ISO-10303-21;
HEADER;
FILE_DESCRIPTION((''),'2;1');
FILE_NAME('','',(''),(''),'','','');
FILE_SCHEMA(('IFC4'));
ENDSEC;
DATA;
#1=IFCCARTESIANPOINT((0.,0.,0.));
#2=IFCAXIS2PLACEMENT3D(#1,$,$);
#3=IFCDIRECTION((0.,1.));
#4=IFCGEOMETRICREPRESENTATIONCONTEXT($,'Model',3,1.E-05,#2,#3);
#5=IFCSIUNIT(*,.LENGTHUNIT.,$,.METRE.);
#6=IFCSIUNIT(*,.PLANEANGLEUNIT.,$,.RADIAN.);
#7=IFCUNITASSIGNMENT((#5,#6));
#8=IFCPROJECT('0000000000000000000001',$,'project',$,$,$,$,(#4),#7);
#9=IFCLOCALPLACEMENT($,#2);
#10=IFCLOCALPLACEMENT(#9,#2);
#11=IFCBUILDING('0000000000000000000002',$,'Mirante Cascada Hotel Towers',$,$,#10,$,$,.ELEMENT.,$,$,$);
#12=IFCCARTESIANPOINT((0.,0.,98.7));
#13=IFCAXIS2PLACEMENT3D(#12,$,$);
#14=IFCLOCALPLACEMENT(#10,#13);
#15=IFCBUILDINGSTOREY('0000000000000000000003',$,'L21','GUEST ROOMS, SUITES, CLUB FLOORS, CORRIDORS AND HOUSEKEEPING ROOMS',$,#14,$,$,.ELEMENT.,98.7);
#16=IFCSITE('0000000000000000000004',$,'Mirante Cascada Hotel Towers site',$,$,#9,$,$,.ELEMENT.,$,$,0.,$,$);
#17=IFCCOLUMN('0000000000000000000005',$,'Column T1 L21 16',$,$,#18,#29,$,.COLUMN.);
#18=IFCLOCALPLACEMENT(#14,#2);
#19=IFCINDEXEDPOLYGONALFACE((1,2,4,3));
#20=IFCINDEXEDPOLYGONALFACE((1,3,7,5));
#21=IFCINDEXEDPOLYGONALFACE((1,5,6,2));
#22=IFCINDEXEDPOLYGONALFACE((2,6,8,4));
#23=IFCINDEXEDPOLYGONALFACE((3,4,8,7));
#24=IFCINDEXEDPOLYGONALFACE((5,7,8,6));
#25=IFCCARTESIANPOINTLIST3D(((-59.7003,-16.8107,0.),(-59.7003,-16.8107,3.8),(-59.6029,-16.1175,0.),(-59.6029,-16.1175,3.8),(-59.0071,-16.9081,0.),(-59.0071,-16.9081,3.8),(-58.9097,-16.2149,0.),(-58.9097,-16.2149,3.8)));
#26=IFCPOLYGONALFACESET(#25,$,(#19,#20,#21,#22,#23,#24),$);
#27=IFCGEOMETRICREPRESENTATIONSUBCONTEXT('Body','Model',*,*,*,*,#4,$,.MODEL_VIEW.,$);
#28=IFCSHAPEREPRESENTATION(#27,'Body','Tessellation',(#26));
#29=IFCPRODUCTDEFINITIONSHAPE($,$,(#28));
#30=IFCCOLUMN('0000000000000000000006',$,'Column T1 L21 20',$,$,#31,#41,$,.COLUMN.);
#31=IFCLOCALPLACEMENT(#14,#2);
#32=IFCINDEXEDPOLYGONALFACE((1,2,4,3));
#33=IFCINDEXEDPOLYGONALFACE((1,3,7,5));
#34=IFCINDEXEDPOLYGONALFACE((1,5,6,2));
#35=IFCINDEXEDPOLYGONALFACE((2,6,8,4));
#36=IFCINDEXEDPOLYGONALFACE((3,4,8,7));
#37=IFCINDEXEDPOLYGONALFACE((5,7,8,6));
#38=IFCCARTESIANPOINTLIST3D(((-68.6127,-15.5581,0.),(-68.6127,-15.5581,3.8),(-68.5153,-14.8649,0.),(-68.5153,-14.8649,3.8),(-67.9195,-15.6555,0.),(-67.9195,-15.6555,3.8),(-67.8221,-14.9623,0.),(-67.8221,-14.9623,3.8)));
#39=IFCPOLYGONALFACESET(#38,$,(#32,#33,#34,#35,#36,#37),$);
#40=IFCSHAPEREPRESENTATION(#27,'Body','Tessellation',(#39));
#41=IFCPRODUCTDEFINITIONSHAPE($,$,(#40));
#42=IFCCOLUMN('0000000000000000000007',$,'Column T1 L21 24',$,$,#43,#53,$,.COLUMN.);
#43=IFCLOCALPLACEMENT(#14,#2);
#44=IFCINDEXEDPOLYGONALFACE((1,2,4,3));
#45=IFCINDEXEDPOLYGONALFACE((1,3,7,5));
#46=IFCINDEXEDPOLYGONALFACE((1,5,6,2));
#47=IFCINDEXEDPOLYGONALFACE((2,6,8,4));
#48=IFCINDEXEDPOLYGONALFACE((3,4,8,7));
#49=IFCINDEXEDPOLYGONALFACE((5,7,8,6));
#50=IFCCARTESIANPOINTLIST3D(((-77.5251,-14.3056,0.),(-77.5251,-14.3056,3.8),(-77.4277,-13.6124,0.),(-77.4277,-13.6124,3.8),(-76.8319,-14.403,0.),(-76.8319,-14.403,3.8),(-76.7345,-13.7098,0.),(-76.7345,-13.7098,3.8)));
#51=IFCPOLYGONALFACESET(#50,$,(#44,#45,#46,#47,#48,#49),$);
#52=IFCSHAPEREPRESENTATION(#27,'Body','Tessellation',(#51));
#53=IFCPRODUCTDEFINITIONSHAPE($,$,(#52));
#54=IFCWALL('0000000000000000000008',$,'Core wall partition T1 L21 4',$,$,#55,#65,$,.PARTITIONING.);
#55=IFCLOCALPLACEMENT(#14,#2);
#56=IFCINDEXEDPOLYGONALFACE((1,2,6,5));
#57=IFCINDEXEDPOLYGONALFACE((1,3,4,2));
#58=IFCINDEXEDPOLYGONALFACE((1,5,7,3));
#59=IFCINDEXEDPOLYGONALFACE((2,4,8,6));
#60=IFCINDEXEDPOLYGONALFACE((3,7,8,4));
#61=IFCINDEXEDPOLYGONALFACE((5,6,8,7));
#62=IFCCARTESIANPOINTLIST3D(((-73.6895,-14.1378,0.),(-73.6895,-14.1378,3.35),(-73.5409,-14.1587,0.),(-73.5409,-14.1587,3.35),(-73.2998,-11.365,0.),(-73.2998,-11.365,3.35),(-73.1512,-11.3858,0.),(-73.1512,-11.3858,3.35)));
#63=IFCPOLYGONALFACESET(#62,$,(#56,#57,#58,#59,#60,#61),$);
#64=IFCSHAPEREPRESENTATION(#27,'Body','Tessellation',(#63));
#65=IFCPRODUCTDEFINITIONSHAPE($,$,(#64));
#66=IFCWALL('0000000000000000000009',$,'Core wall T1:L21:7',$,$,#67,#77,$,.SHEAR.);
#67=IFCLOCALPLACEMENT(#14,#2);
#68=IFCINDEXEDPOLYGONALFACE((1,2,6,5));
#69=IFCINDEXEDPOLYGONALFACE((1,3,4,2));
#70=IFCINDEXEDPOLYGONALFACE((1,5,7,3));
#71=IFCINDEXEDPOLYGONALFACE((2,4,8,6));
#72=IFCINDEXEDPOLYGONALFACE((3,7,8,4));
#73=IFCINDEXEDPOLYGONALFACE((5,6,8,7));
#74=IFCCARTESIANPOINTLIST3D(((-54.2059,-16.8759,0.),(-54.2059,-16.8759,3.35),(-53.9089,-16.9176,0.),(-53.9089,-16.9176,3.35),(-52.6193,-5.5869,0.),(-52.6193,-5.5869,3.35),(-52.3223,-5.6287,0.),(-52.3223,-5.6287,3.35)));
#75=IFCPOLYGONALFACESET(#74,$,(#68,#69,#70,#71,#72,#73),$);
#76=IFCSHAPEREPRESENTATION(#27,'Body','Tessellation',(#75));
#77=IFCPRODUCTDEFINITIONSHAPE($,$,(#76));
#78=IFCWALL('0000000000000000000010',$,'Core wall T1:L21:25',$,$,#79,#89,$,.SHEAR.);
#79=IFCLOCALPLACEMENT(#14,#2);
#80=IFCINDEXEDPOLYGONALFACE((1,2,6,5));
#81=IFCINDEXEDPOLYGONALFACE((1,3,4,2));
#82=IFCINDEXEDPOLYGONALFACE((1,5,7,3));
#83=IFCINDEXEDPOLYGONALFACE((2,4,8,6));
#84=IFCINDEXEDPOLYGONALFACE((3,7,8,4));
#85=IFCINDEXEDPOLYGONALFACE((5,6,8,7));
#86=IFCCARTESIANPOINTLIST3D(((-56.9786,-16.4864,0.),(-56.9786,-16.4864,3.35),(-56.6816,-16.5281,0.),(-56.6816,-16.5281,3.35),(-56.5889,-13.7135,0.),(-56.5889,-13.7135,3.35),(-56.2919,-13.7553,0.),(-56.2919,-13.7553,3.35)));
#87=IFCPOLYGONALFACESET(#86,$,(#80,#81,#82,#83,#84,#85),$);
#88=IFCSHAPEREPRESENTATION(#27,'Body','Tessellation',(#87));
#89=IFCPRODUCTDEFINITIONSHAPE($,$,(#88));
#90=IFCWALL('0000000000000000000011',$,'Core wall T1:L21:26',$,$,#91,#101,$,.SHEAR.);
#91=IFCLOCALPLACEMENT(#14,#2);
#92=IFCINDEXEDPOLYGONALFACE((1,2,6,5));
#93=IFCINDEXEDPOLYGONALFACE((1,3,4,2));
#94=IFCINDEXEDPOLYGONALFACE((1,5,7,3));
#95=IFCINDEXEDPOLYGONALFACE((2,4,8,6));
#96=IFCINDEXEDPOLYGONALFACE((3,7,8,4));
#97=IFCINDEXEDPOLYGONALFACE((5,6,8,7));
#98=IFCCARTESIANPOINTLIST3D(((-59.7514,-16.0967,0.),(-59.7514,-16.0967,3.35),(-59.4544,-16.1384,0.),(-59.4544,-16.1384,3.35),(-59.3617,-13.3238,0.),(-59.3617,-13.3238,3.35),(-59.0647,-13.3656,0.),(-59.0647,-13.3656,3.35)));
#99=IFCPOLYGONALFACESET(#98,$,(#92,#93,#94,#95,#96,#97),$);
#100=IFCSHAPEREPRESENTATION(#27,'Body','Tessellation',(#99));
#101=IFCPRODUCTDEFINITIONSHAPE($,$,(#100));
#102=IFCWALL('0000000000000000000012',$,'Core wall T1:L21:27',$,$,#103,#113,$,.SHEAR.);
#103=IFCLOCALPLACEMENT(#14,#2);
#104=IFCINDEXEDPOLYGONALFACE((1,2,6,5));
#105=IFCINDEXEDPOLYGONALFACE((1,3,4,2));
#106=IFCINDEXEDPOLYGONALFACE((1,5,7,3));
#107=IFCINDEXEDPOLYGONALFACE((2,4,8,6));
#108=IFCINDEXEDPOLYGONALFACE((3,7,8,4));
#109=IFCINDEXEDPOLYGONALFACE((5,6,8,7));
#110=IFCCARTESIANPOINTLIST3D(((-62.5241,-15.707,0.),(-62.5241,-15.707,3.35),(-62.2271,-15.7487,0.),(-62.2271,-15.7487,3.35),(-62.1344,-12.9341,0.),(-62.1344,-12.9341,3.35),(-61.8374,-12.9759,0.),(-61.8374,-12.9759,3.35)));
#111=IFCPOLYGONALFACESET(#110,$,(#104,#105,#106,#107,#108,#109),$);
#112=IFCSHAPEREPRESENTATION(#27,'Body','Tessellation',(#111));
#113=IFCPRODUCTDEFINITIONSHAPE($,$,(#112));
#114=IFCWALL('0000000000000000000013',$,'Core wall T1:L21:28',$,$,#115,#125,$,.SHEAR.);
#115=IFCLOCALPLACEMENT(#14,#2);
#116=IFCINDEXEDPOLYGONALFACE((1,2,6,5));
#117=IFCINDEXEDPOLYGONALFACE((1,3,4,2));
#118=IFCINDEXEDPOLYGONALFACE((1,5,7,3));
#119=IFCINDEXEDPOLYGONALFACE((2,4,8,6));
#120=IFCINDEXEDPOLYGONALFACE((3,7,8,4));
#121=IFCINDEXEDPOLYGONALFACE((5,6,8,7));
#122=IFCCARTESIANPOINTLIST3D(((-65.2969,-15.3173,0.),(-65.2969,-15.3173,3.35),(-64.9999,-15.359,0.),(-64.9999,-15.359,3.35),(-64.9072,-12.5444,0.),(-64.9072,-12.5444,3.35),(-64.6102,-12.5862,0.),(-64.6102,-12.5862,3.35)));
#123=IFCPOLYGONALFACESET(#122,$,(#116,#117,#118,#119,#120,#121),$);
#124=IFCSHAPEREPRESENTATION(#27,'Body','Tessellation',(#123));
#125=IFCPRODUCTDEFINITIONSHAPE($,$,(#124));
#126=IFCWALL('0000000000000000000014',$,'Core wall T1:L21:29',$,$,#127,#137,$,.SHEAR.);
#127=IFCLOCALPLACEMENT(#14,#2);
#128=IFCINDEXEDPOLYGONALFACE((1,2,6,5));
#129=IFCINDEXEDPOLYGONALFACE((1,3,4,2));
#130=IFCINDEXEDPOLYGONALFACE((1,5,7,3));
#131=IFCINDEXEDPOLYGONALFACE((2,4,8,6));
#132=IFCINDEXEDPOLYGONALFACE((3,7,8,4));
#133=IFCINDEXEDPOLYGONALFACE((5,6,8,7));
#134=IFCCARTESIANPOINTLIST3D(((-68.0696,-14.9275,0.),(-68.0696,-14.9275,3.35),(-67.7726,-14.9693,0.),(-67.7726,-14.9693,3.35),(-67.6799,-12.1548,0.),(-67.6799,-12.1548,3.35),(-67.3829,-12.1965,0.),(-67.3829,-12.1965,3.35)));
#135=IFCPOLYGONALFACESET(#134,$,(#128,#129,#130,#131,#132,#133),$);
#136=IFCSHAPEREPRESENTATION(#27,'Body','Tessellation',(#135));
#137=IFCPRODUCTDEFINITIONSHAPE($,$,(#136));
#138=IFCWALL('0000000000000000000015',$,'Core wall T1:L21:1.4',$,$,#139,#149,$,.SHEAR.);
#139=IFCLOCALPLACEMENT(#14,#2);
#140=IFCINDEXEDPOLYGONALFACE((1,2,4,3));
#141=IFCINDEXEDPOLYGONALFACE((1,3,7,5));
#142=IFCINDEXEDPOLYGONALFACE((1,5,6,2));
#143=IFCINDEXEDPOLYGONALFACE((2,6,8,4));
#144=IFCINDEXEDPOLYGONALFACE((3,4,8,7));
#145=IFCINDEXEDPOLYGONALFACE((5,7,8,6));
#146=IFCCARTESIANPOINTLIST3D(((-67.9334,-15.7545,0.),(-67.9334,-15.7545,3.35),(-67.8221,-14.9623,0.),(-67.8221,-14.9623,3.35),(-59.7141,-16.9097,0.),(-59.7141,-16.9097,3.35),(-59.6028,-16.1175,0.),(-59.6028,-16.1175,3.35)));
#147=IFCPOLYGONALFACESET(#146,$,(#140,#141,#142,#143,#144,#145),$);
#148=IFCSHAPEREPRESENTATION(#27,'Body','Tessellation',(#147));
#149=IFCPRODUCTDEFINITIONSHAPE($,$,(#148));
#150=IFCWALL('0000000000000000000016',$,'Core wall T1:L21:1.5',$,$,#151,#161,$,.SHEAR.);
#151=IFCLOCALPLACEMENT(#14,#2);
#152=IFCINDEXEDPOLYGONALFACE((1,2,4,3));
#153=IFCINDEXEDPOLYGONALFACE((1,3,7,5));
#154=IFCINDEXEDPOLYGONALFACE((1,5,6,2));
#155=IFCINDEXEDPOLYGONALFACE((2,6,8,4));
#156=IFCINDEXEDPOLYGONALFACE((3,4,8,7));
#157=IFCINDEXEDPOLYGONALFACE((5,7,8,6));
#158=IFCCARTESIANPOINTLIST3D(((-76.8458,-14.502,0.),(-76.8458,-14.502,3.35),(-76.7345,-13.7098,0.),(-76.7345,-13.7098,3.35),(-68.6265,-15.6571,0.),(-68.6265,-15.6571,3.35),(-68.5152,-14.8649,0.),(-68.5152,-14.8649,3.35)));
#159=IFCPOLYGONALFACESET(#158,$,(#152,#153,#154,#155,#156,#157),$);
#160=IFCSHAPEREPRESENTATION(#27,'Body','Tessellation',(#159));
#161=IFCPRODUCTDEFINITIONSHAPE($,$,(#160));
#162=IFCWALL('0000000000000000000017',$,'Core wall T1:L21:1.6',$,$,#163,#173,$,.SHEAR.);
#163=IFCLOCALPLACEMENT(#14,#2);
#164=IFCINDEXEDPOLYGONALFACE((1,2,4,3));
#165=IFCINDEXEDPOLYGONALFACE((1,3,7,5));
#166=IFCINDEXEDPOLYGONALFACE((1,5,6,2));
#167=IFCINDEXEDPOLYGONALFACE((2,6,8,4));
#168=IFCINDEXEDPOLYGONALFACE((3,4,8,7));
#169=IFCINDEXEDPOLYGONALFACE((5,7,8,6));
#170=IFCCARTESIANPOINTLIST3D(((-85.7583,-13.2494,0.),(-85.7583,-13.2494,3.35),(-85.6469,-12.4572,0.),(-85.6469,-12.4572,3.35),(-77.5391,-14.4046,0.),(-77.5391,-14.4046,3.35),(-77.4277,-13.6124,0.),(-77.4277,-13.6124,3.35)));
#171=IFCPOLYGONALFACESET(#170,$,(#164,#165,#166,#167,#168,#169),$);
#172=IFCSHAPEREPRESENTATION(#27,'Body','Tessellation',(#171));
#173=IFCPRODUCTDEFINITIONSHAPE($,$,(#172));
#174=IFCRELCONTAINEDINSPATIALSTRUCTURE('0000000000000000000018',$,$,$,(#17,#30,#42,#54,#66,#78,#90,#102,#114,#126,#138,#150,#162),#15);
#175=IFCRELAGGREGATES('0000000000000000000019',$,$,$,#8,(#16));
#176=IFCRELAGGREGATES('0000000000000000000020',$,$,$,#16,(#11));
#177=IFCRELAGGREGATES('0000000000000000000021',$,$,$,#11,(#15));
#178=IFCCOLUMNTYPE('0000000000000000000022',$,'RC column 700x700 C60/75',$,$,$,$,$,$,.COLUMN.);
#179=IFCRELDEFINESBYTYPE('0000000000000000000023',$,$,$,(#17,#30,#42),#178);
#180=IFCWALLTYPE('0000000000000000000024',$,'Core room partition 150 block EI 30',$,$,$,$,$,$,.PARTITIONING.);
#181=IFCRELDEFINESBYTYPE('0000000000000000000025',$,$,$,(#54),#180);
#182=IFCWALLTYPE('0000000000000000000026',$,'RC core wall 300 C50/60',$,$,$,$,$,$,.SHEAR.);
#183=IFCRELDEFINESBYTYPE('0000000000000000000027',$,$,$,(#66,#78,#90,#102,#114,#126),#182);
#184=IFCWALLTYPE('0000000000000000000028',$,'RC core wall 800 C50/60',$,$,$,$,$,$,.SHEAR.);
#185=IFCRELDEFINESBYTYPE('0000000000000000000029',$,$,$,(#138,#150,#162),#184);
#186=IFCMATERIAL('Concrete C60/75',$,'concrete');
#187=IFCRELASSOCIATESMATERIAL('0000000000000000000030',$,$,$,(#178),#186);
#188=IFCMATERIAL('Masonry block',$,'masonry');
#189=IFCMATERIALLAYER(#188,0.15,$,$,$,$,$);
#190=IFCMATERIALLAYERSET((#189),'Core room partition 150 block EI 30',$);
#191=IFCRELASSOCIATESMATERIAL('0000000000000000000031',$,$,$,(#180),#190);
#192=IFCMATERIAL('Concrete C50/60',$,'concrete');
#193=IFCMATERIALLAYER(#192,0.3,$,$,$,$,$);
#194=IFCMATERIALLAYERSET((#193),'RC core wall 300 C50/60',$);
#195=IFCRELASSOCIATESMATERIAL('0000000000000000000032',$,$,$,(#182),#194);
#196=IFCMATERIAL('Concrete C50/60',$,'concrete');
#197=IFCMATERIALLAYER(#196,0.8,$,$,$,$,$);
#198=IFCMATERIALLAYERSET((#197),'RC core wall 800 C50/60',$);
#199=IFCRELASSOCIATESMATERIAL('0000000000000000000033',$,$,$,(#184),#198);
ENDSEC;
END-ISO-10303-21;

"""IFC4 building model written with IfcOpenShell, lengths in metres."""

from ifc_helpers import new_model, si_unit, direction, frame, frame_2d, origin, origin_2d, place, context, subcontext, project, spatial, rectangle, extrude, material, layer, layer_set, material_profile, profile_set, type_object, element, save


model = new_model("IFC4")

# Units and contexts
model_context = context("Model", 3, precision=1e-05, world=origin(), true_north=direction((0.0, 1.0)))
body_context = subcontext(model_context, "Body", "Model", "MODEL_VIEW")
ifc_project = project(units=[si_unit("LENGTHUNIT", "METRE"), si_unit("PLANEANGLEUNIT", "RADIAN")], contexts=[model_context])

# Site, building, storey
site_placement = place(None, origin())
site = spatial("IfcSite", under=ifc_project, at=site_placement, Name="Mirante Cascada Hotel Towers site", CompositionType="ELEMENT", RefElevation=0.0)
building_placement = place(site_placement, origin())
building = spatial("IfcBuilding", under=site, at=building_placement, Name="Mirante Cascada Hotel Towers", CompositionType="ELEMENT")
storey_placement = place(building_placement, frame((0.0, 0.0, 98.7)))
storey = spatial("IfcBuildingStorey", under=building, at=storey_placement, Name="L21", Description="GUEST ROOMS, SUITES, CLUB FLOORS, CORRIDORS AND HOUSEKEEPING ROOMS", CompositionType="ELEMENT", Elevation=98.7)

# Columns
ifc_material_1 = material(Name="Concrete C60/75", Category="concrete")
ifc_material_profile = material_profile(ifc_material_1, rectangle(XDim=0.7, YDim=0.7, at=origin_2d()), Name="RC column 700x700 C60/75")
ifc_profile_set = profile_set([ifc_material_profile], Name="Concrete C60/75")
column_type = type_object("IfcColumnType", Name="RC column 700x700 C60/75", PredefinedType="COLUMN", material=ifc_profile_set)
for number, where, z_axis, x_axis, name in (
    (1, (-59.305, -16.5128, 0.0), (0.0, 0.0, 1.0), (-0.990268, 0.139173, 0.0), "Column T1 L21 16"),
    (2, (-68.2174, -15.2602, 0.0), (0.0, 0.0, 1.0), (-0.990268, 0.139173, 0.0), "Column T1 L21 20"),
    (3, (-77.1298, -14.0077, 0.0), (0.0, 0.0, 1.0), (-0.990268, 0.139173, 0.0), "Column T1 L21 24"),
):
    element("IfcColumn", number, at=place(storey_placement, frame(where, z_axis=z_axis, x_axis=x_axis)), inside=storey, type_object=column_type, Name=name, PredefinedType="COLUMN", context=body_context, shape_type="SweptSolid", body=[
        extrude(rectangle(XDim=0.7, YDim=0.7, at=origin_2d()), origin(), (0.0, 0.0, 1.0), 3.8),
    ])

# Walls
ifc_material_2 = material(Name="Masonry block", Category="masonry")
ifc_layer_1 = layer(ifc_material_2, 0.15)
ifc_layer_set_1 = layer_set([ifc_layer_1], Name="Core room partition 150 block EI 30")
wall_type_1 = type_object("IfcWallType", Name="Core room partition 150 block EI 30", PredefinedType="PARTITIONING", material=ifc_layer_set_1)
wall_1_placement = place(storey_placement, frame((-73.6152, -14.1482, 0.0), z_axis=(0.0, 0.0, 1.0), x_axis=(0.139176, 0.990268, 0.0)))
element("IfcWall", 4, at=wall_1_placement, inside=storey, type_object=wall_type_1, Name="Core wall partition T1 L21 4", PredefinedType="PARTITIONING", context=body_context, shape_type="SweptSolid", body=[
    extrude(rectangle(XDim=2.8001, YDim=0.15, at=frame_2d((1.4, 0.0))), origin(), (0.0, 0.0, 1.0), 3.35),
])
ifc_material_3 = material(Name="Concrete C50/60", Category="concrete")
ifc_layer_2 = layer(ifc_material_3, 0.3)
ifc_layer_set_2 = layer_set([ifc_layer_2], Name="RC core wall 300 C50/60")
wall_type_2 = type_object("IfcWallType", Name="RC core wall 300 C50/60", PredefinedType="SHEAR", material=ifc_layer_set_2)
wall_2_placement = place(storey_placement, frame((-54.0574, -16.8968, 0.0), z_axis=(0.0, 0.0, 1.0), x_axis=(0.139176, 0.990268, 0.0)))
element("IfcWall", 5, at=wall_2_placement, inside=storey, type_object=wall_type_2, Name="Core wall T1:L21:7", PredefinedType="SHEAR", context=body_context, shape_type="SweptSolid", body=[
    extrude(rectangle(XDim=11.3999, YDim=0.3, at=frame_2d((5.7, 0.0))), origin(), (0.0, 0.0, 1.0), 3.35),
])

# Walls
for number, where, z_axis, x_axis, name in (
    (6, (-56.8301, -16.5072, 0.0), (0.0, 0.0, 1.0), (0.139176, 0.990268, 0.0), "Core wall T1:L21:25"),
    (7, (-59.6029, -16.1175, 0.0), (0.0, 0.0, 1.0), (0.139176, 0.990268, 0.0), "Core wall T1:L21:26"),
    (8, (-62.3756, -15.7278, 0.0), (0.0, 0.0, 1.0), (0.139176, 0.990268, 0.0), "Core wall T1:L21:27"),
    (9, (-65.1484, -15.3381, 0.0), (0.0, 0.0, 1.0), (0.139176, 0.990268, 0.0), "Core wall T1:L21:28"),
):
    element("IfcWall", number, at=place(storey_placement, frame(where, z_axis=z_axis, x_axis=x_axis)), inside=storey, type_object=wall_type_2, Name=name, PredefinedType="SHEAR", context=body_context, shape_type="SweptSolid", body=[
        extrude(rectangle(XDim=2.8001, YDim=0.3, at=frame_2d((1.4, 0.0))), origin(), (0.0, 0.0, 1.0), 3.35),
    ])
wall_3_placement = place(storey_placement, frame((-67.9211, -14.9484, 0.0), z_axis=(0.0, 0.0, 1.0), x_axis=(0.139181, 0.990267, 0.0)))
element("IfcWall", 10, at=wall_3_placement, inside=storey, type_object=wall_type_2, Name="Core wall T1:L21:29", PredefinedType="SHEAR", context=body_context, shape_type="SweptSolid", body=[
    extrude(rectangle(XDim=2.8, YDim=0.3, at=frame_2d((1.4, 0.0))), origin(), (0.0, 0.0, 1.0), 3.35),
])
ifc_material_4 = material(Name="Concrete C50/60", Category="concrete")
ifc_layer_3 = layer(ifc_material_4, 0.8)
ifc_layer_set_3 = layer_set([ifc_layer_3], Name="RC core wall 800 C50/60")
wall_type_3 = type_object("IfcWallType", Name="RC core wall 800 C50/60", PredefinedType="SHEAR", material=ifc_layer_set_3)
for number, where, z_axis, x_axis, name in (
    (11, (-59.6585, -16.5136, 0.0), (0.0, 0.0, 1.0), (-0.990267, 0.139179, 0.0), "Core wall T1:L21:1.4"),
    (12, (-68.5709, -15.261, 0.0), (0.0, 0.0, 1.0), (-0.990269, 0.139167, 0.0), "Core wall T1:L21:1.5"),
):
    element("IfcWall", number, at=place(storey_placement, frame(where, z_axis=z_axis, x_axis=x_axis)), inside=storey, type_object=wall_type_3, Name=name, PredefinedType="SHEAR", context=body_context, shape_type="SweptSolid", body=[
        extrude(rectangle(XDim=8.3001, YDim=0.8, at=frame_2d((4.15, 0.0))), origin(), (0.0, 0.0, 1.0), 3.35),
    ])
wall_4_placement = place(storey_placement, frame((-77.4834, -14.0085, 0.0), z_axis=(0.0, 0.0, 1.0), x_axis=(-0.990267, 0.139181, 0.0)))
element("IfcWall", 13, at=wall_4_placement, inside=storey, type_object=wall_type_3, Name="Core wall T1:L21:1.6", PredefinedType="SHEAR", context=body_context, shape_type="SweptSolid", body=[
    extrude(rectangle(XDim=8.3, YDim=0.8, at=frame_2d((4.15, 0.0))), origin(), (0.0, 0.0, 1.0), 3.35),
])

save(model, "model.ifc")
